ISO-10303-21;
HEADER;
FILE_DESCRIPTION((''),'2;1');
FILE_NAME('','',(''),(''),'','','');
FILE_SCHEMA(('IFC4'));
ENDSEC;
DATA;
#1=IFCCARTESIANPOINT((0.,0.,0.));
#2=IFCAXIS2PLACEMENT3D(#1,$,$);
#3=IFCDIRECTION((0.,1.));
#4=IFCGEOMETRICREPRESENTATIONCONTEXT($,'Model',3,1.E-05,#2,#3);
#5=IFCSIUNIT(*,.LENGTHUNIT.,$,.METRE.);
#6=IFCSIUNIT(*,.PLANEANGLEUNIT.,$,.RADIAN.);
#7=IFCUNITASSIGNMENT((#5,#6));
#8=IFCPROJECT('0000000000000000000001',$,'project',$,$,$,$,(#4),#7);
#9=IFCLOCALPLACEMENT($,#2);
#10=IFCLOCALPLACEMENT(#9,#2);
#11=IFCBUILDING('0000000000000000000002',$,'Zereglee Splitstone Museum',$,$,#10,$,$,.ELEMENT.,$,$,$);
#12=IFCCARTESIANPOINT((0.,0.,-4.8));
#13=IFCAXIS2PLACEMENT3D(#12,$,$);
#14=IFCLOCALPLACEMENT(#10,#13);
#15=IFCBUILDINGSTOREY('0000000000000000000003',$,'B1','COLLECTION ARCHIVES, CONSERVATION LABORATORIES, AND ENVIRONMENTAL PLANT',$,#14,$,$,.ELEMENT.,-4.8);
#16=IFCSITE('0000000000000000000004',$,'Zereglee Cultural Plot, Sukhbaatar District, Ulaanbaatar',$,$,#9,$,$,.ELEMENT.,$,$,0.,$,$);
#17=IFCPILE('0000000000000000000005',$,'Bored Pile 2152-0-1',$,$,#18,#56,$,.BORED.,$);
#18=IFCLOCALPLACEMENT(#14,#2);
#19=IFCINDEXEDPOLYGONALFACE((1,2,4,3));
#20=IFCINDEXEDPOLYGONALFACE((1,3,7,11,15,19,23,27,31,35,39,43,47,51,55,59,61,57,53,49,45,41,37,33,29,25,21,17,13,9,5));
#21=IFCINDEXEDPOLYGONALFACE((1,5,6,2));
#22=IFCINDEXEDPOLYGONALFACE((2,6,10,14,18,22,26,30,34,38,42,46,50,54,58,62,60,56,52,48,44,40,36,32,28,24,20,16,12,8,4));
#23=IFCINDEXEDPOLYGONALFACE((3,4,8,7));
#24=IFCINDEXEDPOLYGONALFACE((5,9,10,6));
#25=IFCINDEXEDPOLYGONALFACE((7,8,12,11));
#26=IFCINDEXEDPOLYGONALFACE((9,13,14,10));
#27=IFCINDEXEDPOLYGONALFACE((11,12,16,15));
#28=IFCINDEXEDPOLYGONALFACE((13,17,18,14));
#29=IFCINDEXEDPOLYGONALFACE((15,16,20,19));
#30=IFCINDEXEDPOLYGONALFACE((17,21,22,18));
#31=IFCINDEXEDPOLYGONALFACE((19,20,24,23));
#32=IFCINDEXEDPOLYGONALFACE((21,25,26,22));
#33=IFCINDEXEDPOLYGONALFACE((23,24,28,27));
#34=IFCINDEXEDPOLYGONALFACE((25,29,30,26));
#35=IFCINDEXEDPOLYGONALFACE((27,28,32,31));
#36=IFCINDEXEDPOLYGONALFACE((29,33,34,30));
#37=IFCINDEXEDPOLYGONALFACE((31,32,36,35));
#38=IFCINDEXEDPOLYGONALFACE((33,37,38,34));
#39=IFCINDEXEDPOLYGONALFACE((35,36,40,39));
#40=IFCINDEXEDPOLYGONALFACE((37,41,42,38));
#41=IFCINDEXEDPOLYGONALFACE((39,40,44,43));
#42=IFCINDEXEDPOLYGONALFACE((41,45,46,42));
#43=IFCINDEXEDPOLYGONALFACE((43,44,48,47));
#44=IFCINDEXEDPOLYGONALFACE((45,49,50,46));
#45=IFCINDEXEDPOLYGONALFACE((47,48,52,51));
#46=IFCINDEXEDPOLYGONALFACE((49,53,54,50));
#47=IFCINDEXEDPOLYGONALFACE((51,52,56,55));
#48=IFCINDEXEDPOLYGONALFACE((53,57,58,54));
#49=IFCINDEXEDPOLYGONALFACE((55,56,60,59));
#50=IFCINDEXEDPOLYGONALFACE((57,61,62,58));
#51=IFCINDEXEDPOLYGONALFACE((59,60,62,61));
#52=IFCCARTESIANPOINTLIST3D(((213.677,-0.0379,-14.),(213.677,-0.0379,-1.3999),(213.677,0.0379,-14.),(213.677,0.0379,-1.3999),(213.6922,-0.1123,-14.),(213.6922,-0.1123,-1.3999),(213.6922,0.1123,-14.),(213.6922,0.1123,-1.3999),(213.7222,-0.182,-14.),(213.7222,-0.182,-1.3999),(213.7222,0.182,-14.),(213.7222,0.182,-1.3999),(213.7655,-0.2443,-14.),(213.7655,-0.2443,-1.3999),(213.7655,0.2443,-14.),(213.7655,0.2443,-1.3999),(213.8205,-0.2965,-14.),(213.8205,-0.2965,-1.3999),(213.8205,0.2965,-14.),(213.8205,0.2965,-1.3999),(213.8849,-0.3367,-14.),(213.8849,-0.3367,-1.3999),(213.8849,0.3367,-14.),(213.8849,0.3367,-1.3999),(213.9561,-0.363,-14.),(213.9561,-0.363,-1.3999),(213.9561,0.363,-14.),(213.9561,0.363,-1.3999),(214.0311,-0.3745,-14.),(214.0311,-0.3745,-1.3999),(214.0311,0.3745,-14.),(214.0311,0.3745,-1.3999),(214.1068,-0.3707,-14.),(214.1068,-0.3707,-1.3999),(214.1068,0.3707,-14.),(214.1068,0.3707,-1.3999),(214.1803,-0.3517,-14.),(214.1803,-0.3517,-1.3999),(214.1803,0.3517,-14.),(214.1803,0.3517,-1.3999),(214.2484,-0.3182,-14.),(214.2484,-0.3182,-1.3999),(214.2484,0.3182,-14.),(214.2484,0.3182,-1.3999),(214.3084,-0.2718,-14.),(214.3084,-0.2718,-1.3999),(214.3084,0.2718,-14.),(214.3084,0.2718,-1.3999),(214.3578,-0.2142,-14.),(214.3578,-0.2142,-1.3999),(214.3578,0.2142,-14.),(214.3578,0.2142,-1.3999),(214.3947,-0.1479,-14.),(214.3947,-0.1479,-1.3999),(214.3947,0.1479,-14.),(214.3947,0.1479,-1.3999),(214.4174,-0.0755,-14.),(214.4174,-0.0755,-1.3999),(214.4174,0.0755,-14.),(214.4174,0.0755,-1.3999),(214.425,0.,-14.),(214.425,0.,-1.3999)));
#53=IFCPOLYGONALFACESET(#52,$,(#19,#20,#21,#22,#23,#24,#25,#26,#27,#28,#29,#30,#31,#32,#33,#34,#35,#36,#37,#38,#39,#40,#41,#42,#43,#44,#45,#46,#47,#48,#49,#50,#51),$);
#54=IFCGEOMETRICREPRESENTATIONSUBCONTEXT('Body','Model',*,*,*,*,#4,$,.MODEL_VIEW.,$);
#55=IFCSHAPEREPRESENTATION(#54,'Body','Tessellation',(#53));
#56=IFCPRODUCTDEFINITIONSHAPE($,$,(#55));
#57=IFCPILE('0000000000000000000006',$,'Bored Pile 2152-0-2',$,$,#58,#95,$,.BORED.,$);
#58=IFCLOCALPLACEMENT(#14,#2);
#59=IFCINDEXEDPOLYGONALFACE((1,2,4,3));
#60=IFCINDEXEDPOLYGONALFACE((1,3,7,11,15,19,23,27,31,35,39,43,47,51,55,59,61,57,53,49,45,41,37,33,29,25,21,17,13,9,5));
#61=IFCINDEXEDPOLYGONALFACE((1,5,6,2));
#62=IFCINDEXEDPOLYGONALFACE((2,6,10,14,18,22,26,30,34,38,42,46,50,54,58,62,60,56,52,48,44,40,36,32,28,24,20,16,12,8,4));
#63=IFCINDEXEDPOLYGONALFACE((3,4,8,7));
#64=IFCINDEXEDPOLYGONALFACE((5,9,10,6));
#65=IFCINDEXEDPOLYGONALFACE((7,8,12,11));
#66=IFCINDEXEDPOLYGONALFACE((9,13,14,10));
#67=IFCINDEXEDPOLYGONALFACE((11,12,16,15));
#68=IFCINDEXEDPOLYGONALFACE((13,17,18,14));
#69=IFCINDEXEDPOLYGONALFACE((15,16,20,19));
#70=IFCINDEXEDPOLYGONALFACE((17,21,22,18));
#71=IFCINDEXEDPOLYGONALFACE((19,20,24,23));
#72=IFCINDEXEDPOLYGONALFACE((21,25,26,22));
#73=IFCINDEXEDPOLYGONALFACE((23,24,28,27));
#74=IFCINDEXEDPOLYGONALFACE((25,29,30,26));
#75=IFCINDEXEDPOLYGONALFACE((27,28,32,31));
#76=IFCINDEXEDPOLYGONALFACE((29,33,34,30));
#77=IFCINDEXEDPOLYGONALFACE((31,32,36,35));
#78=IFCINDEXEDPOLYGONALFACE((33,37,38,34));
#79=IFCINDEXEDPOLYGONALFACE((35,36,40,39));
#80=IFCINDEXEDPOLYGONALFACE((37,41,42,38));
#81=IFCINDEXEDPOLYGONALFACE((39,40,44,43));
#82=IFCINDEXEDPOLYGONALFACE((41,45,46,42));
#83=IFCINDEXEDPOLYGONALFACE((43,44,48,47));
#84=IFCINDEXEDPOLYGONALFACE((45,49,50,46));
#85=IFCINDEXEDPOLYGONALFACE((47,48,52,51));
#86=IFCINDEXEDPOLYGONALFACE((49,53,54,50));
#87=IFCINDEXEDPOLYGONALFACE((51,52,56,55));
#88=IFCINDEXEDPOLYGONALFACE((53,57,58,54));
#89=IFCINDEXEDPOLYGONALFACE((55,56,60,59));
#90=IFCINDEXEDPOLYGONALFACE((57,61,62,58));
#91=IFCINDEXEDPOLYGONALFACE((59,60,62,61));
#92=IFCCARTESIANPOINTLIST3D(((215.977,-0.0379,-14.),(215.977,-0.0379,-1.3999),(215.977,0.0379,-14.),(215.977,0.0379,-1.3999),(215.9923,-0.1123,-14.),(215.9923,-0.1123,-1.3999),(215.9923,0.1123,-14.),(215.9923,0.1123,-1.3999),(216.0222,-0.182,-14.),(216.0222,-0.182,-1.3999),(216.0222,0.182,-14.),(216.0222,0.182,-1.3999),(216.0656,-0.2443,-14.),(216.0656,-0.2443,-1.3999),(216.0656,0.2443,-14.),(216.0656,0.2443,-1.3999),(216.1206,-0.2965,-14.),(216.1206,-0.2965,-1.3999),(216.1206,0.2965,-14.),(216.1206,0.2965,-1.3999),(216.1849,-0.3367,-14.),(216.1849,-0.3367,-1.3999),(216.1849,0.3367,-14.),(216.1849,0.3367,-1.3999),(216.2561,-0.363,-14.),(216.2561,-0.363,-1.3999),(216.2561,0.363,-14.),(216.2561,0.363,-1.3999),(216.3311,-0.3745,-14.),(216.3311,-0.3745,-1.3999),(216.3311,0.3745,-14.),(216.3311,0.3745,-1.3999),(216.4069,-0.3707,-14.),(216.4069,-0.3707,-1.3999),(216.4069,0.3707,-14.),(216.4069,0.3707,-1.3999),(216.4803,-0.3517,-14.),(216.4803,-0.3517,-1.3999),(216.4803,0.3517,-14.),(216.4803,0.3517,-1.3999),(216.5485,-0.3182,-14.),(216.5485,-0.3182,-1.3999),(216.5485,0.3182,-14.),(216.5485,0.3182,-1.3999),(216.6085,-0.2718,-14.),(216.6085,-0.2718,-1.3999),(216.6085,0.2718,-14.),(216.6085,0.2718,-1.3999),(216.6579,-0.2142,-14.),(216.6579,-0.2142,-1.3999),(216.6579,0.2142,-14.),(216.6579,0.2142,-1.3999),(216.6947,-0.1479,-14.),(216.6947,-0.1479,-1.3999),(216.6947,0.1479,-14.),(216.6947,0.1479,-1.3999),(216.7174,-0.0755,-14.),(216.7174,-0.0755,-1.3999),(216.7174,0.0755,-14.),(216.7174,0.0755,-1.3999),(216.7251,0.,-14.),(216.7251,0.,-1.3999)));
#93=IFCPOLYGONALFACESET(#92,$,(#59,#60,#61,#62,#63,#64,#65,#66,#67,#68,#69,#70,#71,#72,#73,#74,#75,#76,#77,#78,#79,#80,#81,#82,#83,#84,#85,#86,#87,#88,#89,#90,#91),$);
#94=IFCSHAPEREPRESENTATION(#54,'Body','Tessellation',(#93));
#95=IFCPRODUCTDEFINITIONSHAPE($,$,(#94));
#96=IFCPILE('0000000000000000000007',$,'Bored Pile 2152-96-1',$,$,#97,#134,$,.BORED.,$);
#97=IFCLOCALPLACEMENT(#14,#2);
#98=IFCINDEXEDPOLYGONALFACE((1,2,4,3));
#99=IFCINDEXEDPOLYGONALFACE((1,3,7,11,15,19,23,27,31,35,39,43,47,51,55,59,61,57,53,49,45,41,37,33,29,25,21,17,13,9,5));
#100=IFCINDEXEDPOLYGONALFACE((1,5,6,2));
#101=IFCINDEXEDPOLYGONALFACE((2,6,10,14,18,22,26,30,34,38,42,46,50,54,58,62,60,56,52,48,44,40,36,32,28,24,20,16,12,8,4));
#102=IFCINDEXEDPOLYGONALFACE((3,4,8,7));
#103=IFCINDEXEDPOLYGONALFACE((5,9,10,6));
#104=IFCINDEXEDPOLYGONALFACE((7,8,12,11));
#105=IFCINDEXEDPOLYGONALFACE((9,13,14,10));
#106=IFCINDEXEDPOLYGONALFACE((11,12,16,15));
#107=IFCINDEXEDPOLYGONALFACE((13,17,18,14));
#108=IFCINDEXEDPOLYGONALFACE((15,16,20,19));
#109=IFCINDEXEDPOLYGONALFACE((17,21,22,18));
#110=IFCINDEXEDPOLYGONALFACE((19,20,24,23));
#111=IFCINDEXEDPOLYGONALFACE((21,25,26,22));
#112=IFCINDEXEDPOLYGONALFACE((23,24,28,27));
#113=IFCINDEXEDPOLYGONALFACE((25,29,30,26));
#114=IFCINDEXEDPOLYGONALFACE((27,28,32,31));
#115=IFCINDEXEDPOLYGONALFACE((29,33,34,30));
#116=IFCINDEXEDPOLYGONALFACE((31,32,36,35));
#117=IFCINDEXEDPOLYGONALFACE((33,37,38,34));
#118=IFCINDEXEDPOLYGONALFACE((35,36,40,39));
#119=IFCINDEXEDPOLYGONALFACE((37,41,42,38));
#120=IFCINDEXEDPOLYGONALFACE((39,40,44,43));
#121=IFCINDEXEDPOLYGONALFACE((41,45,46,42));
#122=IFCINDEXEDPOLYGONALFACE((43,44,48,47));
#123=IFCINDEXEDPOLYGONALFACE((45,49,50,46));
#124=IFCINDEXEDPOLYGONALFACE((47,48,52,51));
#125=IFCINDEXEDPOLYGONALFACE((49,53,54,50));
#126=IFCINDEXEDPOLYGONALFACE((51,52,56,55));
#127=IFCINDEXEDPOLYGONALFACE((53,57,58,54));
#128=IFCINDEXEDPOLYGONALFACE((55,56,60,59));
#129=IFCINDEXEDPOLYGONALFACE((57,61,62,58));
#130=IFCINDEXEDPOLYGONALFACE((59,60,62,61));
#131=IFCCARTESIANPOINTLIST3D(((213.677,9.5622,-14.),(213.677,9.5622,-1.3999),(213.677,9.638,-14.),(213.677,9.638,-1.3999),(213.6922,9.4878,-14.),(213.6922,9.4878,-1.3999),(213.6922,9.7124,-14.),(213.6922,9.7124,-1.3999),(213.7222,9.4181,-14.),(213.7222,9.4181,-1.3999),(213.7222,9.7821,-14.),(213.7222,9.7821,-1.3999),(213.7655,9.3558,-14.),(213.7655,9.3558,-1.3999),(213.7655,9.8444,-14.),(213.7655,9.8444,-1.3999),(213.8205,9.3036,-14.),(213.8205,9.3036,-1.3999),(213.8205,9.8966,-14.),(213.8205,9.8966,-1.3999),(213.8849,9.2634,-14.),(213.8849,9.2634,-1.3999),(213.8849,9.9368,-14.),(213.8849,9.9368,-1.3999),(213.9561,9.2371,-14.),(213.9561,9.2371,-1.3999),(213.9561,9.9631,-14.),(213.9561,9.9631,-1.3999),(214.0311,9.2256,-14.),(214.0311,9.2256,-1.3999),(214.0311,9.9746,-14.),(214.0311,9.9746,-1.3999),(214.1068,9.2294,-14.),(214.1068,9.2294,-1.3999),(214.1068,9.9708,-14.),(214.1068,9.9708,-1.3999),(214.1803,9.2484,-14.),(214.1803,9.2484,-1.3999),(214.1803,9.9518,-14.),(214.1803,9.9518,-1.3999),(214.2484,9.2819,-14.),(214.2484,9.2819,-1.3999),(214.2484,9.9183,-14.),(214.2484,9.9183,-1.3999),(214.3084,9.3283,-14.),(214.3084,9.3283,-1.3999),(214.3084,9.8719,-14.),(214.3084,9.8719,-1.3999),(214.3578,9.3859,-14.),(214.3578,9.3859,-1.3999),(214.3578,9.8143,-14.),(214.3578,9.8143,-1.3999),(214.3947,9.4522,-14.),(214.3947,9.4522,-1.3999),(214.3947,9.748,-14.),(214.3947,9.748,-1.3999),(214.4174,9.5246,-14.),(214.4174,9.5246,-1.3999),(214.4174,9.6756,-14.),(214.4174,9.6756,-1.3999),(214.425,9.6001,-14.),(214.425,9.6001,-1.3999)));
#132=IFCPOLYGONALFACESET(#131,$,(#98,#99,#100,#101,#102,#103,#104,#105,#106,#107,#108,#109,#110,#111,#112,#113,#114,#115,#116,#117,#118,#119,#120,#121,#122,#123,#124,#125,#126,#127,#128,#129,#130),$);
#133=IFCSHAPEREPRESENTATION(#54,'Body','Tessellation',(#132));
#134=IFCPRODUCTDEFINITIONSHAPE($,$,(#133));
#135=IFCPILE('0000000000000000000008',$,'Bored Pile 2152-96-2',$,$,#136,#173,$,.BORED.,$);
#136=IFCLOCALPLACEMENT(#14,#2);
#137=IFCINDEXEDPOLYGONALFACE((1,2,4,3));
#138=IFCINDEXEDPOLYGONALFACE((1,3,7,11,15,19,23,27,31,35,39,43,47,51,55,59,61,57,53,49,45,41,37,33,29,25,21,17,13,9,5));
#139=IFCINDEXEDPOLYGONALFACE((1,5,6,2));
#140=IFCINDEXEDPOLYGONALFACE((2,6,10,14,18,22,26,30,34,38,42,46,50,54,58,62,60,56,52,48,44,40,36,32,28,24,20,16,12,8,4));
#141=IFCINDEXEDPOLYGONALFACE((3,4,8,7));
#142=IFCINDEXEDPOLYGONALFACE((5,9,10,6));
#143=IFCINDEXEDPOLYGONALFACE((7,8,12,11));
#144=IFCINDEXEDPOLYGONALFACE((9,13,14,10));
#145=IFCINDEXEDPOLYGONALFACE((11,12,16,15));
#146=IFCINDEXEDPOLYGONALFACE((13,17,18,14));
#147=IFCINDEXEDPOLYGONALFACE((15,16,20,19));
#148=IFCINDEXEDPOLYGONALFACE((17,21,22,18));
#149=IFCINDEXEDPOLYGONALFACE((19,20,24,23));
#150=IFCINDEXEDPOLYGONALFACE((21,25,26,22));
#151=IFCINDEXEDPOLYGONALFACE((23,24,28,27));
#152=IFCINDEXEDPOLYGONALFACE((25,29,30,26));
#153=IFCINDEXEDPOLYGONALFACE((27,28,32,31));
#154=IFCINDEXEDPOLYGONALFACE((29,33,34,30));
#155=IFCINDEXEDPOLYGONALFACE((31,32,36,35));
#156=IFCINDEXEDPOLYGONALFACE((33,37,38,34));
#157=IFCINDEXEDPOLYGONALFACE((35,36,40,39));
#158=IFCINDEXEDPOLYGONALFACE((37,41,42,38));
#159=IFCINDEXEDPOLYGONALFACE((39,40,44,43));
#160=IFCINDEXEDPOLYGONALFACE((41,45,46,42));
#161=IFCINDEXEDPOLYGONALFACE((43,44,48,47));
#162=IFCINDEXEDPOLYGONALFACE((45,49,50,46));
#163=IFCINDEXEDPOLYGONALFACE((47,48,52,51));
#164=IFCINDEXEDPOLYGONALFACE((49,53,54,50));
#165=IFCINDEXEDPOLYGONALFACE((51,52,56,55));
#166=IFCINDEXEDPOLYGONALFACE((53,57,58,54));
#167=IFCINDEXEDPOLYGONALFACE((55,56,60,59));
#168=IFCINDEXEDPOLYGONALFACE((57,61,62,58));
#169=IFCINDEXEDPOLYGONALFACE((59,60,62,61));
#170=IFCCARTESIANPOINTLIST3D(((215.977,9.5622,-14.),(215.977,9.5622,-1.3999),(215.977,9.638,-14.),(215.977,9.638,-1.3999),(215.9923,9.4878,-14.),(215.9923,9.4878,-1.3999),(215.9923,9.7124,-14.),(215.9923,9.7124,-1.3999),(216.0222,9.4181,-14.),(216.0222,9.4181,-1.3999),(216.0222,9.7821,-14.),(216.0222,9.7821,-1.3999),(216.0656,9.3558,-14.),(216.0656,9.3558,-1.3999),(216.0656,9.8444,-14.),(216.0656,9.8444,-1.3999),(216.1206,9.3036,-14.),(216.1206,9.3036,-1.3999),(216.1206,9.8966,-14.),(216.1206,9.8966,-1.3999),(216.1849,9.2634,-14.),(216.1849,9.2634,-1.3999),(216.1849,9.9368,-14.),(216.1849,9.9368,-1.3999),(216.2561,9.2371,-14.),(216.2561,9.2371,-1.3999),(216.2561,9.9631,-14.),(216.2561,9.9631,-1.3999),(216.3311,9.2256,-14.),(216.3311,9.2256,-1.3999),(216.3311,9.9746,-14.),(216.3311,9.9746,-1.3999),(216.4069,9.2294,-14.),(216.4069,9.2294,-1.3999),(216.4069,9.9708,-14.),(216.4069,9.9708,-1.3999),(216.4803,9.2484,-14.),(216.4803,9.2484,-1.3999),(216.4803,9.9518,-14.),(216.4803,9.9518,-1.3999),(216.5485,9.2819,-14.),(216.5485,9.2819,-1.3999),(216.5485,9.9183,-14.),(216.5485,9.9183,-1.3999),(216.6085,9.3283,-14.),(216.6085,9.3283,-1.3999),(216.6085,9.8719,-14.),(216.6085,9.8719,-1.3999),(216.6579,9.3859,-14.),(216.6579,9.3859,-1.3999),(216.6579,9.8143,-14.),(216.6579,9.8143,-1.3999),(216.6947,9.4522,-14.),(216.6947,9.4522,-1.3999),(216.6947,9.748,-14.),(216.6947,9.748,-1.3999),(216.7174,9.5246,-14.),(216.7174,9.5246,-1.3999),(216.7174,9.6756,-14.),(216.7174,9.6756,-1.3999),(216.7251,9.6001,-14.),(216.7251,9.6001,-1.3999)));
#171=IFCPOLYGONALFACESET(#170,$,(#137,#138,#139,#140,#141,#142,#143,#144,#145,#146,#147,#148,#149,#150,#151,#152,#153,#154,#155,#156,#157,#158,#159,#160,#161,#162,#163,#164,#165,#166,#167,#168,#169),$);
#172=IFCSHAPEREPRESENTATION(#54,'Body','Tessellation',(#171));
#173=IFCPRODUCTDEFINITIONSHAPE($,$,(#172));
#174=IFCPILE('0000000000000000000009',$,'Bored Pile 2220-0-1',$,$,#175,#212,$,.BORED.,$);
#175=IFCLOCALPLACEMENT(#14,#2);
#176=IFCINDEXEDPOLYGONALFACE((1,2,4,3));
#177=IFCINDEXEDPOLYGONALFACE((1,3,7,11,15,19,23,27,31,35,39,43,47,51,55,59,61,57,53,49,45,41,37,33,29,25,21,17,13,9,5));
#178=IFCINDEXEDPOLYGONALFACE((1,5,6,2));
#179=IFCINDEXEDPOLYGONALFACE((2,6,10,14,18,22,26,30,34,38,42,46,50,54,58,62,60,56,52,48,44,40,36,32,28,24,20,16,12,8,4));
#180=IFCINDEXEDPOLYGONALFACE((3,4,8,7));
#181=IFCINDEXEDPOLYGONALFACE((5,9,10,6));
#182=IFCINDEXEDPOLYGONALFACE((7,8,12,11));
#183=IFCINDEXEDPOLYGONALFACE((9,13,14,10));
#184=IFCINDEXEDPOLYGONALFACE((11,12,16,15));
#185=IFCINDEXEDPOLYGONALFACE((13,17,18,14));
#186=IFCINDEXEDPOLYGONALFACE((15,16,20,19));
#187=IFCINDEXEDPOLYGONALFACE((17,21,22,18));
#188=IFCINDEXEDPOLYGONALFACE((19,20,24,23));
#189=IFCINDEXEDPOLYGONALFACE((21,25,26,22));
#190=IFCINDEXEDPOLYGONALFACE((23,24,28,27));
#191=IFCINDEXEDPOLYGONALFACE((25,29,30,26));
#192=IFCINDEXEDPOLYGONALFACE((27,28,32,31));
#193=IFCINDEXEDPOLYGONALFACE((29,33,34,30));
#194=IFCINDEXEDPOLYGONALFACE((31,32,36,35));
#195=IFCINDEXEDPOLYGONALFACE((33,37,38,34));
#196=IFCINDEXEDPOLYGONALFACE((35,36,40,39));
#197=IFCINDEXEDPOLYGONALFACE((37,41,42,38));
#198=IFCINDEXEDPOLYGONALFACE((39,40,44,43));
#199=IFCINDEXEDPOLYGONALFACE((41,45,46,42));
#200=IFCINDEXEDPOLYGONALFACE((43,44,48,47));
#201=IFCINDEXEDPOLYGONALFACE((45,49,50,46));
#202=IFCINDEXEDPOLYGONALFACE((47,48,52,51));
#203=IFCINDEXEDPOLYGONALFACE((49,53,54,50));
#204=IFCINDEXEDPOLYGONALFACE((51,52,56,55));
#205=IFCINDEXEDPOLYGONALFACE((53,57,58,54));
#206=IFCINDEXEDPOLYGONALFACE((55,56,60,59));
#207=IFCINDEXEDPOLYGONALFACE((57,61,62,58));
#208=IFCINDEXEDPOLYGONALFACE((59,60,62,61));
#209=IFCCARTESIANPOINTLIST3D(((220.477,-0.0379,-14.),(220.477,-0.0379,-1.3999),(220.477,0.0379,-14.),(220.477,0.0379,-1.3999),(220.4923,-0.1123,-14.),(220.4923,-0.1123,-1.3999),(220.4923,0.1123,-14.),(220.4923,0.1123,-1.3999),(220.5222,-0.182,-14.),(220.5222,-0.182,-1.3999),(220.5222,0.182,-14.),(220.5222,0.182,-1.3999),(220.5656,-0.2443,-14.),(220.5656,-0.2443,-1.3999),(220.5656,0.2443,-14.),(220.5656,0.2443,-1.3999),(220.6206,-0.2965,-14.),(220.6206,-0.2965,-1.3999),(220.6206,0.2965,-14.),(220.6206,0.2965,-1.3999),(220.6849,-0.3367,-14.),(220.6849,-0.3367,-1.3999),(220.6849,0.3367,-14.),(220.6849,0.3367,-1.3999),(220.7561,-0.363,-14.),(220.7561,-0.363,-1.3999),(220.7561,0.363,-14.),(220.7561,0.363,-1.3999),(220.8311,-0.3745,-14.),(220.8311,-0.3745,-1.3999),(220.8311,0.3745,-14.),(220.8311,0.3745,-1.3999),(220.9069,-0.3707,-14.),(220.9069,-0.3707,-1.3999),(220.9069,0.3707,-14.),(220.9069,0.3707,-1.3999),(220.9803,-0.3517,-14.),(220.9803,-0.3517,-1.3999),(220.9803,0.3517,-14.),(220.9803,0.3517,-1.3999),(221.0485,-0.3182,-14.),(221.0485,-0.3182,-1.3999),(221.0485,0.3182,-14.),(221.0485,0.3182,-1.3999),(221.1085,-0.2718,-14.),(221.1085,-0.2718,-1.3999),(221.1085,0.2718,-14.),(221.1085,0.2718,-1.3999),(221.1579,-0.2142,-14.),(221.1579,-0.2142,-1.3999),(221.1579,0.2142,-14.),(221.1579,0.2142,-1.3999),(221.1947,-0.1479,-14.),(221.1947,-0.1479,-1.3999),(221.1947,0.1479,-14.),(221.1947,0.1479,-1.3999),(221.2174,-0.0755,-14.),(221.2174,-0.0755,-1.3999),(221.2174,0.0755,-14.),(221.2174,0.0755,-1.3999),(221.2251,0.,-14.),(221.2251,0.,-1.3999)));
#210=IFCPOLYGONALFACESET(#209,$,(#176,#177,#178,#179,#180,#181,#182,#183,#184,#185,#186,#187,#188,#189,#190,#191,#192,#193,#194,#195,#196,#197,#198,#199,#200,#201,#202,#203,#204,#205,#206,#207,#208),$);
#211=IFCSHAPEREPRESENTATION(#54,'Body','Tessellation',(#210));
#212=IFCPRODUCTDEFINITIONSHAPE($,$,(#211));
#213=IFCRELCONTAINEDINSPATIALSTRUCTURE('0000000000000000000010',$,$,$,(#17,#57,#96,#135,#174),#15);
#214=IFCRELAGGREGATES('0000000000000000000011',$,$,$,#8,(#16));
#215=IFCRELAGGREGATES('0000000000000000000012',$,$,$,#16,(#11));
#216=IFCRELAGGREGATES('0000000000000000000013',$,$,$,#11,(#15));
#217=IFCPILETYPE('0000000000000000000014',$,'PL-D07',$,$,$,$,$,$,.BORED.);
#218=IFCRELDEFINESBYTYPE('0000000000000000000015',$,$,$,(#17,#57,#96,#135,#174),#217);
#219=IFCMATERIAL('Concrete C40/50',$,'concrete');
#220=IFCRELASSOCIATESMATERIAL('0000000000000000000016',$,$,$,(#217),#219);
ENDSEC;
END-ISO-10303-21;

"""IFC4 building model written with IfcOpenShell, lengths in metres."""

from ifc_helpers import new_model, si_unit, direction, frame, origin, origin_2d, place, context, subcontext, project, spatial, circle, extrude, material, material_profile, profile_set, type_object, element, save


model = new_model("IFC4")

# Units and contexts
model_context = context("Model", 3, precision=1e-05, world=origin(), true_north=direction((0.0, 1.0)))
body_context = subcontext(model_context, "Body", "Model", "MODEL_VIEW")
ifc_project = project(units=[si_unit("LENGTHUNIT", "METRE"), si_unit("PLANEANGLEUNIT", "RADIAN")], contexts=[model_context])

# Site, building, storey
site_placement = place(None, origin())
site = spatial("IfcSite", under=ifc_project, at=site_placement, Name="Zereglee Cultural Plot, Sukhbaatar District, Ulaanbaatar", CompositionType="ELEMENT", RefElevation=0.0)
building_placement = place(site_placement, origin())
building = spatial("IfcBuilding", under=site, at=building_placement, Name="Zereglee Splitstone Museum", CompositionType="ELEMENT")
storey_placement = place(building_placement, frame((0.0, 0.0, -4.8)))
storey = spatial("IfcBuildingStorey", under=building, at=storey_placement, Name="B1", Description="COLLECTION ARCHIVES, CONSERVATION LABORATORIES, AND ENVIRONMENTAL PLANT", CompositionType="ELEMENT", Elevation=-4.8)

# Shared definitions
ifc_material_1 = material(Name="Concrete C40/50", Category="concrete")

# Piles
ifc_material_profile_1 = material_profile(ifc_material_1, circle(Radius=0.375, at=origin_2d()), Name="PILE D750")
ifc_profile_set_1 = profile_set([ifc_material_profile_1], Name="Concrete C40/50")
pile_type = type_object("IfcPileType", Name="PL-D07", PredefinedType="BORED", material=ifc_profile_set_1)
for number, where, z_axis, x_axis, name in (
    (1, (214.05, 0.0, -1.3999), (0.0, 0.0, -1.0), (1.0, 0.0, 0.0), "Bored Pile 2152-0-1"),
    (2, (216.3501, 0.0, -1.3999), (0.0, 0.0, -1.0), (1.0, 0.0, 0.0), "Bored Pile 2152-0-2"),
    (3, (214.05, 9.6001, -1.3999), (0.0, 0.0, -1.0), (1.0, 0.0, 0.0), "Bored Pile 2152-96-1"),
    (4, (216.3501, 9.6001, -1.3999), (0.0, 0.0, -1.0), (1.0, 0.0, 0.0), "Bored Pile 2152-96-2"),
    (5, (220.8501, 0.0, -1.3999), (0.0, 0.0, -1.0), (1.0, 0.0, 0.0), "Bored Pile 2220-0-1"),
):
    element("IfcPile", number, at=place(storey_placement, frame(where, z_axis=z_axis, x_axis=x_axis)), inside=storey, type_object=pile_type, Name=name, PredefinedType="BORED", context=body_context, shape_type="SweptSolid", body=[
        extrude(circle(Radius=0.375, at=origin_2d()), origin(), (0.0, 0.0, 1.0), 12.6001),
    ])

save(model, "model.ifc")
